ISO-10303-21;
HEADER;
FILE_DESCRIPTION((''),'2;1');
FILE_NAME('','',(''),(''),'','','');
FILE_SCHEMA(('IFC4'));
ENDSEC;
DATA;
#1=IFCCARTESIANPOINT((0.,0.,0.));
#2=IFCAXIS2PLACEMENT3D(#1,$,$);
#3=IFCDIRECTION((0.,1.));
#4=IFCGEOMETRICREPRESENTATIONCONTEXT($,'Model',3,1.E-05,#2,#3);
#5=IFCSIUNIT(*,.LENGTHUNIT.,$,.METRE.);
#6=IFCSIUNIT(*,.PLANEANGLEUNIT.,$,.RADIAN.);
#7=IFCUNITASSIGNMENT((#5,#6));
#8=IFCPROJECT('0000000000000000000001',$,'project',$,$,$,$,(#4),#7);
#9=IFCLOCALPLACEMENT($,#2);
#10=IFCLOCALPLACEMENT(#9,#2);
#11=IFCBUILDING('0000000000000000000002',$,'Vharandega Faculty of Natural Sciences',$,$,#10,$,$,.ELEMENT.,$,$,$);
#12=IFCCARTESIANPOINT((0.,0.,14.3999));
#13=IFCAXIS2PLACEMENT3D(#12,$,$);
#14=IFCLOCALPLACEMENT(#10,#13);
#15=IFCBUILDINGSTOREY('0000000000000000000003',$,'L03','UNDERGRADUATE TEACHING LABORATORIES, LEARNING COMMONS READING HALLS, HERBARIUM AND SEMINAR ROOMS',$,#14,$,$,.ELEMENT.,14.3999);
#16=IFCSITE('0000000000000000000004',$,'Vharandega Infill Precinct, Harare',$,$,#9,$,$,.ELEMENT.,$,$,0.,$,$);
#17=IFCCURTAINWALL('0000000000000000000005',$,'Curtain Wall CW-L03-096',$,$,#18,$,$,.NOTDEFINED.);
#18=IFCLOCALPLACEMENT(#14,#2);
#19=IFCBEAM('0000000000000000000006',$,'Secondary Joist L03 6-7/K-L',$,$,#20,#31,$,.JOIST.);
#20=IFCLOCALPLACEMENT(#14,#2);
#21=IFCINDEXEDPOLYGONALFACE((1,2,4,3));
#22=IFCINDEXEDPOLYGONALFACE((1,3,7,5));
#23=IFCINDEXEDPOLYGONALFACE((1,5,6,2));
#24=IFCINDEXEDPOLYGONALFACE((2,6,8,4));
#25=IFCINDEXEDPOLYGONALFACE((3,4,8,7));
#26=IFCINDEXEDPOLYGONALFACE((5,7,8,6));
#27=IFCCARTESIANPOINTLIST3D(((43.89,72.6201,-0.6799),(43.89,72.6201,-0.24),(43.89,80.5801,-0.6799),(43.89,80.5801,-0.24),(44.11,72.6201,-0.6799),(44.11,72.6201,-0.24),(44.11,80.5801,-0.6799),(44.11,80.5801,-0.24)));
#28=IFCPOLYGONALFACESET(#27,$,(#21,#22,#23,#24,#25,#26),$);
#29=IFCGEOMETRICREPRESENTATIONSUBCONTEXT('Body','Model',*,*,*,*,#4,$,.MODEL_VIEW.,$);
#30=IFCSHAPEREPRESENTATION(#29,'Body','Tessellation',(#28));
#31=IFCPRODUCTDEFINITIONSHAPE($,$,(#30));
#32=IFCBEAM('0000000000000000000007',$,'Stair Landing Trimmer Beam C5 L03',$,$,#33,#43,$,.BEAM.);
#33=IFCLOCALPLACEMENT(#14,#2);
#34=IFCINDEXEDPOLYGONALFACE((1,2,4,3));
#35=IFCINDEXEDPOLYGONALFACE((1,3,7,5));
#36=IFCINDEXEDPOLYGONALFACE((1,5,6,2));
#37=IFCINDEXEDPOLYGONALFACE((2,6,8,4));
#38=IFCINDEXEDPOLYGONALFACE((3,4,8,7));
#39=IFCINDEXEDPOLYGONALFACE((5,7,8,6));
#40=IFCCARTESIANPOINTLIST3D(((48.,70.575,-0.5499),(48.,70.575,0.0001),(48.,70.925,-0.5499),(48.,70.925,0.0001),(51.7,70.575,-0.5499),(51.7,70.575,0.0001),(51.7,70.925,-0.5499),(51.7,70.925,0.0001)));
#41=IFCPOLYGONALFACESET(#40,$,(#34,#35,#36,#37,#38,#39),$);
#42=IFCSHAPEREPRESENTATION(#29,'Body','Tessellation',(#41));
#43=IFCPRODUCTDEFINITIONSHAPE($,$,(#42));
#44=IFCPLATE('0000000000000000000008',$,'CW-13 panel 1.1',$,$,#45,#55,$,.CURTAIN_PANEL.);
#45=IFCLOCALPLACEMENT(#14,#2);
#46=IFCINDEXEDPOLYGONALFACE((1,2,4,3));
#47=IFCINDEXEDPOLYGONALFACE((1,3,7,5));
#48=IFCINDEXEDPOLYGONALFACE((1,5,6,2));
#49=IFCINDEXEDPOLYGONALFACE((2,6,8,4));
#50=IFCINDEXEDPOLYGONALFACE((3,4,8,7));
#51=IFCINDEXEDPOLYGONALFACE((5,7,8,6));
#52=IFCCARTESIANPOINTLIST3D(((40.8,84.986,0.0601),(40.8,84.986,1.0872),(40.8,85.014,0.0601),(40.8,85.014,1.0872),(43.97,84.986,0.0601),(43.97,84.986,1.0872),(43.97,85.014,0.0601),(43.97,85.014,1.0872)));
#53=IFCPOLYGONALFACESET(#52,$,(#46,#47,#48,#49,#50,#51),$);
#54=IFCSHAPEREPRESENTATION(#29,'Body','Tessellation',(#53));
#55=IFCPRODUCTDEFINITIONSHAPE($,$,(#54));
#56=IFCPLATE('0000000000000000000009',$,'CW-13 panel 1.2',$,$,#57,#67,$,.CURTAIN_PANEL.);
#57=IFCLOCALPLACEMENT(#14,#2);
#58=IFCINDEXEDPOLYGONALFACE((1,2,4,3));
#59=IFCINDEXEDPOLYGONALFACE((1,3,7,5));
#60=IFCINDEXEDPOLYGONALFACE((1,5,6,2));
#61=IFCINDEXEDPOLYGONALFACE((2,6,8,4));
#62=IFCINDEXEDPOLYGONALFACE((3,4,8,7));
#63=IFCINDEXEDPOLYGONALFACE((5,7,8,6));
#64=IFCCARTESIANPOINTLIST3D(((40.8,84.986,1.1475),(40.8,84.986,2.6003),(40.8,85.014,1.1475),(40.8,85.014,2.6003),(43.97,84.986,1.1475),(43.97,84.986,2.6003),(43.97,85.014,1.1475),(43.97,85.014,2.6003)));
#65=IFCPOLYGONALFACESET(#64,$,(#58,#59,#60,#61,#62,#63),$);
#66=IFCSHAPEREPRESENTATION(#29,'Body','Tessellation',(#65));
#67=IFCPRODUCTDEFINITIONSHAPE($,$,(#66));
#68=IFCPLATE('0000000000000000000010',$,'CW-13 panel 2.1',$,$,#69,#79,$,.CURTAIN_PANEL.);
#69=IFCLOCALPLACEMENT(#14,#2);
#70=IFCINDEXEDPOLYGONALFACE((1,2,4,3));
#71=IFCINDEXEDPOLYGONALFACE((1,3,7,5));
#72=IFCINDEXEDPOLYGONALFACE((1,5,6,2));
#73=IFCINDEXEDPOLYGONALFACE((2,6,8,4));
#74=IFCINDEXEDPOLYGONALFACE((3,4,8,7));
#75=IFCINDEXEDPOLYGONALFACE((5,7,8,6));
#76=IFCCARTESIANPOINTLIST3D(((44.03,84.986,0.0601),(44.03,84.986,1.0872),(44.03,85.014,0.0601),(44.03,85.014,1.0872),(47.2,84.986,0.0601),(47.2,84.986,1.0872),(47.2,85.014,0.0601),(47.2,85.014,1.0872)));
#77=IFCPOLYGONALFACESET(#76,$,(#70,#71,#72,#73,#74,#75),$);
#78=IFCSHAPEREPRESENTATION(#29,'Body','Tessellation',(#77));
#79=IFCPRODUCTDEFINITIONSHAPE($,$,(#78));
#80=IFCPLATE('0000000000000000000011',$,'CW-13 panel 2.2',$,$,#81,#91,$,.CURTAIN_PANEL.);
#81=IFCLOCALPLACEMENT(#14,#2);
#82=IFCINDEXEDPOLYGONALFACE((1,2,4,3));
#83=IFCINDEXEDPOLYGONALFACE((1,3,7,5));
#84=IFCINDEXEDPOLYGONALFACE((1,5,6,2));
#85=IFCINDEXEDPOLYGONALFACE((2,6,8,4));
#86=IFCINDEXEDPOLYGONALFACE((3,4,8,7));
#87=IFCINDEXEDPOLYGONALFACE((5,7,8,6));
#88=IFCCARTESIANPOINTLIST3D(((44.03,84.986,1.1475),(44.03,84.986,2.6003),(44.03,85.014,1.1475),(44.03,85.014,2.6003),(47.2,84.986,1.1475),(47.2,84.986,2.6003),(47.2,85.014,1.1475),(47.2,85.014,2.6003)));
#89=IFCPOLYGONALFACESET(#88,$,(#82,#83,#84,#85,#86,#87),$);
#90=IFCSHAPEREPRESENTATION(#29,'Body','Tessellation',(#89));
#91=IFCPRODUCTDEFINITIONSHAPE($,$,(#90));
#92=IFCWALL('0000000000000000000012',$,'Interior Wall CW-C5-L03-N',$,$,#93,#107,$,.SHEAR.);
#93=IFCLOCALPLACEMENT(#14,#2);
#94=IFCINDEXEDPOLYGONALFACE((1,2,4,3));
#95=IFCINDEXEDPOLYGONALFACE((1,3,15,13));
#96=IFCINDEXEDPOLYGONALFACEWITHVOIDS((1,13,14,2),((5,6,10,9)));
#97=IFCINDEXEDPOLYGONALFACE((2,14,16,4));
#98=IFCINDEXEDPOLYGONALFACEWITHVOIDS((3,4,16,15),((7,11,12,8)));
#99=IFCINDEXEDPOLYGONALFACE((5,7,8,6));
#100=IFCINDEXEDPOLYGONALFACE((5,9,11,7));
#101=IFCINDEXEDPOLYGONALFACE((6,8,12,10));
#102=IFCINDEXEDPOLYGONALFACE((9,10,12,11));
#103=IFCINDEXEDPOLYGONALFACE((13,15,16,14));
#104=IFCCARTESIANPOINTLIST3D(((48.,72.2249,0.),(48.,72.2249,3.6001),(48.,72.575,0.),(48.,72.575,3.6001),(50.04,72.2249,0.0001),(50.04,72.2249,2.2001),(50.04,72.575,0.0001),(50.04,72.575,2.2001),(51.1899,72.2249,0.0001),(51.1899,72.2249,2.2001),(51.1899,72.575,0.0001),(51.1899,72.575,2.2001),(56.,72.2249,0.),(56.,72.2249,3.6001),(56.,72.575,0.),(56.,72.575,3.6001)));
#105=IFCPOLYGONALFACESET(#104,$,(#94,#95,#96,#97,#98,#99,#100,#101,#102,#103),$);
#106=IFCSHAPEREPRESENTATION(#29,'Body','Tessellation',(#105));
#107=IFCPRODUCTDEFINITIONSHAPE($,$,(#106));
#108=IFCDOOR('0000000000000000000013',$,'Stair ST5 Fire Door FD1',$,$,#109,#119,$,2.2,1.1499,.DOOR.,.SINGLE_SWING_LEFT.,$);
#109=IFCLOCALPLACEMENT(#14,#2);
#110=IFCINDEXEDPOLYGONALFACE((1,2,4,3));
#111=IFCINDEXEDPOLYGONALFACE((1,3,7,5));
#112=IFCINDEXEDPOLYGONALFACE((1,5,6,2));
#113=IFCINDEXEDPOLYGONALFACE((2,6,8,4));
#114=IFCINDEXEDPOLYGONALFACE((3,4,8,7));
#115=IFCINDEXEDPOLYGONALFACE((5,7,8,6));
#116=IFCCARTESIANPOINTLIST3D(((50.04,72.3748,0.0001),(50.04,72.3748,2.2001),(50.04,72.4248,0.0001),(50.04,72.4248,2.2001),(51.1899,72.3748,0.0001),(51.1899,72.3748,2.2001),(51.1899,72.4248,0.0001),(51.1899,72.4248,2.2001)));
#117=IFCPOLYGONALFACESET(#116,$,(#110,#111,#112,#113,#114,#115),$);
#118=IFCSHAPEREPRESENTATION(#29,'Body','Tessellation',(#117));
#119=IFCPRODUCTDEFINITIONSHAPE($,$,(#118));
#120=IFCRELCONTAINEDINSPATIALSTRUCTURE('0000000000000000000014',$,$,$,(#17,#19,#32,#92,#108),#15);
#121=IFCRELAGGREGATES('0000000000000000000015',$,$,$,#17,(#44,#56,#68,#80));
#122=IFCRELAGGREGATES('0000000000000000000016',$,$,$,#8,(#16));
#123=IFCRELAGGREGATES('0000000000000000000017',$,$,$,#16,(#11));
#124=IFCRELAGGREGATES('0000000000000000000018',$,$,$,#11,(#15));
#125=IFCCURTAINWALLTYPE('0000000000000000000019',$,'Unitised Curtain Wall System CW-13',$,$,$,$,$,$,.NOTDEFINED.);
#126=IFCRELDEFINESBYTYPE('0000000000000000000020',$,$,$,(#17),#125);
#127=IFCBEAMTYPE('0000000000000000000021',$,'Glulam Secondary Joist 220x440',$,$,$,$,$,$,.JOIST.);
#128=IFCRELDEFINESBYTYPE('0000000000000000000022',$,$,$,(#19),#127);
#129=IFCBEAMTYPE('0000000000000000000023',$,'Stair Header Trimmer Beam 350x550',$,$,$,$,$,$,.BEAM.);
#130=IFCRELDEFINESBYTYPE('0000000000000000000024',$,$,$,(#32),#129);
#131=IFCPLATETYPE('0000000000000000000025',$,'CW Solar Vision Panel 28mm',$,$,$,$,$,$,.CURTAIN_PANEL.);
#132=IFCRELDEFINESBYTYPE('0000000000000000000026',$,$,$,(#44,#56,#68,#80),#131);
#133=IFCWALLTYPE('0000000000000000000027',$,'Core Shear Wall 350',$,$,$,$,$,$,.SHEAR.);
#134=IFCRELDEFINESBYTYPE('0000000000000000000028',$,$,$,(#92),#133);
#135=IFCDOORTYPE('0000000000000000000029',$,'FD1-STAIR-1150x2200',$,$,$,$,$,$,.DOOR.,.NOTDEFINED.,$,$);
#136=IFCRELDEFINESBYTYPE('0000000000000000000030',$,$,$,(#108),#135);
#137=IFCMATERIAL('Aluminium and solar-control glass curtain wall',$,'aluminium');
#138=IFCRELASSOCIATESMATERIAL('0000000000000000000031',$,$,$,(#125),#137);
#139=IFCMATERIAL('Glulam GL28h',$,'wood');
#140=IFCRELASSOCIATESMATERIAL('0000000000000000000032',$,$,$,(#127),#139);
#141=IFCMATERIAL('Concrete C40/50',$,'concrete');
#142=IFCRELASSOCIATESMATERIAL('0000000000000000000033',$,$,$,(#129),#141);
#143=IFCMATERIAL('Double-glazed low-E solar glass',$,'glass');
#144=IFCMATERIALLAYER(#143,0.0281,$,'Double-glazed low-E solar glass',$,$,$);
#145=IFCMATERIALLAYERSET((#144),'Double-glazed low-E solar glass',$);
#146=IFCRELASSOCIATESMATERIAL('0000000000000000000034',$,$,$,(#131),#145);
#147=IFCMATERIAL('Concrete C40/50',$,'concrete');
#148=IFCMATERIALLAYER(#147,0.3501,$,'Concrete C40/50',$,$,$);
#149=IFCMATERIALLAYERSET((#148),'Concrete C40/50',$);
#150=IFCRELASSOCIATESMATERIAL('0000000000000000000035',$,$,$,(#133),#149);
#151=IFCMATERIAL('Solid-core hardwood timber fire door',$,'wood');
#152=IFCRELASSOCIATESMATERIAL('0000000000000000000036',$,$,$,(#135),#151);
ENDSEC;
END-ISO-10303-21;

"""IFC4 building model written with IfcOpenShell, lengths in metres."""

from ifc_helpers import new_model, si_unit, direction, frame, frame_2d, origin, origin_2d, place, context, subcontext, project, spatial, rectangle, extrude, material, layer, layer_set, material_profile, profile_set, type_object, element, fill, aggregate, save


model = new_model("IFC4")

# Units and contexts
model_context = context("Model", 3, precision=1e-05, world=origin(), true_north=direction((0.0, 1.0)))
body_context = subcontext(model_context, "Body", "Model", "MODEL_VIEW")
ifc_project = project(units=[si_unit("LENGTHUNIT", "METRE"), si_unit("PLANEANGLEUNIT", "RADIAN")], contexts=[model_context])

# Site, building, storey
site_placement = place(None, origin())
site = spatial("IfcSite", under=ifc_project, at=site_placement, Name="Vharandega Infill Precinct, Harare", CompositionType="ELEMENT", RefElevation=0.0)
building_placement = place(site_placement, origin())
building = spatial("IfcBuilding", under=site, at=building_placement, Name="Vharandega Faculty of Natural Sciences", CompositionType="ELEMENT")
storey_placement = place(building_placement, frame((0.0, 0.0, 14.3999)))
storey = spatial("IfcBuildingStorey", under=building, at=storey_placement, Name="L03", Description="UNDERGRADUATE TEACHING LABORATORIES, LEARNING COMMONS READING HALLS, HERBARIUM AND SEMINAR ROOMS", CompositionType="ELEMENT", Elevation=14.3999)

# Curtain wall
ifc_material_1 = material(Name="Aluminium and solar-control glass curtain wall", Category="aluminium")
curtain_wall_type = type_object("IfcCurtainWallType", Name="Unitised Curtain Wall System CW-13", PredefinedType="NOTDEFINED", material=ifc_material_1)
curtain_wall_placement = place(storey_placement, origin())
curtain_wall = element("IfcCurtainWall", 1, at=curtain_wall_placement, inside=storey, type_object=curtain_wall_type, Name="Curtain Wall CW-L03-096", PredefinedType="NOTDEFINED")

# Beams
ifc_material_2 = material(Name="Glulam GL28h", Category="wood")
ifc_material_profile_1 = material_profile(ifc_material_2, rectangle(XDim=0.22, YDim=0.4399, at=origin_2d()), Name="GL28h 220x440")
ifc_profile_set_1 = profile_set([ifc_material_profile_1], Name="Glulam GL28h")
beam_type_1 = type_object("IfcBeamType", Name="Glulam Secondary Joist 220x440", PredefinedType="JOIST", material=ifc_profile_set_1)
beam_1_placement = place(storey_placement, frame((44.0, 72.6201, -0.46), z_axis=(0.0, 1.0, 0.0), x_axis=(-1.0, 0.0, 0.0)))
element("IfcBeam", 2, at=beam_1_placement, inside=storey, type_object=beam_type_1, Name="Secondary Joist L03 6-7/K-L", PredefinedType="JOIST", context=body_context, shape_type="SweptSolid", body=[
    extrude(rectangle(XDim=0.22, YDim=0.4399, at=origin_2d()), origin(), (0.0, 0.0, 1.0), 7.96),
])
ifc_material_3 = material(Name="Concrete C40/50", Category="concrete")
ifc_material_profile_2 = material_profile(ifc_material_3, rectangle(XDim=0.3501, YDim=0.55, at=origin_2d()), Name="RC 350x550")
ifc_profile_set_2 = profile_set([ifc_material_profile_2], Name="Concrete C40/50")
beam_type_2 = type_object("IfcBeamType", Name="Stair Header Trimmer Beam 350x550", PredefinedType="BEAM", material=ifc_profile_set_2)
beam_2_placement = place(storey_placement, frame((48.0, 70.75, -0.2749), z_axis=(1.0, 0.0, 0.0), x_axis=(0.0, 1.0, 0.0)))
element("IfcBeam", 3, at=beam_2_placement, inside=storey, type_object=beam_type_2, Name="Stair Landing Trimmer Beam C5 L03", PredefinedType="BEAM", context=body_context, shape_type="SweptSolid", body=[
    extrude(rectangle(XDim=0.3501, YDim=0.55, at=origin_2d()), origin(), (0.0, 0.0, 1.0), 3.7),
])

# Plates
ifc_material_4 = material(Name="Double-glazed low-E solar glass", Category="glass")
ifc_layer_1 = layer(ifc_material_4, 0.0281, Name="Double-glazed low-E solar glass")
ifc_layer_set_1 = layer_set([ifc_layer_1], Name="Double-glazed low-E solar glass")
plate_type = type_object("IfcPlateType", Name="CW Solar Vision Panel 28mm", PredefinedType="CURTAIN_PANEL", material=ifc_layer_set_1)
plate_1_placement = place(storey_placement, frame((42.385, 85.0, 0.0601), z_axis=(0.0, 0.0, 1.0), x_axis=(1.0, 0.0, 0.0)))
plate_1 = element("IfcPlate", 4, at=plate_1_placement, type_object=plate_type, Name="CW-13 panel 1.1", PredefinedType="CURTAIN_PANEL", context=body_context, shape_type="SweptSolid", body=[
    extrude(rectangle(XDim=3.1699, YDim=0.0281, at=origin_2d()), origin(), (0.0, 0.0, 1.0), 1.0271),
])
plate_2_placement = place(storey_placement, frame((42.385, 85.0, 1.1475), z_axis=(0.0, 0.0, 1.0), x_axis=(1.0, 0.0, 0.0)))
plate_2 = element("IfcPlate", 5, at=plate_2_placement, type_object=plate_type, Name="CW-13 panel 1.2", PredefinedType="CURTAIN_PANEL", context=body_context, shape_type="SweptSolid", body=[
    extrude(rectangle(XDim=3.1699, YDim=0.0281, at=origin_2d()), origin(), (0.0, 0.0, 1.0), 1.4529),
])
plate_3_placement = place(storey_placement, frame((45.615, 85.0, 0.0601), z_axis=(0.0, 0.0, 1.0), x_axis=(1.0, 0.0, 0.0)))
plate_3 = element("IfcPlate", 6, at=plate_3_placement, type_object=plate_type, Name="CW-13 panel 2.1", PredefinedType="CURTAIN_PANEL", context=body_context, shape_type="SweptSolid", body=[
    extrude(rectangle(XDim=3.1699, YDim=0.0281, at=origin_2d()), origin(), (0.0, 0.0, 1.0), 1.0271),
])
plate_4_placement = place(storey_placement, frame((45.615, 85.0, 1.1475), z_axis=(0.0, 0.0, 1.0), x_axis=(1.0, 0.0, 0.0)))
plate_4 = element("IfcPlate", 7, at=plate_4_placement, type_object=plate_type, Name="CW-13 panel 2.2", PredefinedType="CURTAIN_PANEL", context=body_context, shape_type="SweptSolid", body=[
    extrude(rectangle(XDim=3.1699, YDim=0.0281, at=origin_2d()), origin(), (0.0, 0.0, 1.0), 1.4529),
])
aggregate(curtain_wall, [plate_1, plate_2, plate_3, plate_4])

# Wall, opening, door
ifc_material_5 = material(Name="Concrete C40/50", Category="concrete")
ifc_layer_2 = layer(ifc_material_5, 0.3501, Name="Concrete C40/50")
ifc_layer_set_2 = layer_set([ifc_layer_2], Name="Concrete C40/50")
wall_type = type_object("IfcWallType", Name="Core Shear Wall 350", PredefinedType="SHEAR", material=ifc_layer_set_2)
wall_placement = place(storey_placement, frame((48.0, 72.3999, 0.0), z_axis=(0.0, 0.0, 1.0), x_axis=(1.0, 0.0, 0.0)))
wall = element("IfcWall", 8, at=wall_placement, inside=storey, type_object=wall_type, Name="Interior Wall CW-C5-L03-N", PredefinedType="SHEAR", context=body_context, shape_type="SweptSolid", body=[
    extrude(rectangle(XDim=8.0, YDim=0.3501, at=frame_2d((4.0, 0.0))), origin(), (0.0, 0.0, 1.0), 3.6001),
])
opening_placement = place(wall_placement, frame((2.04, 0.0, 0.0)))
opening = element("IfcOpeningElement", 9, at=opening_placement, cuts=wall, PredefinedType="OPENING", context=body_context, shape_type="SweptSolid", body=[
    extrude(rectangle(XDim=1.1499, YDim=2.2, at=frame_2d((0.575, 1.1001))), frame((0.0, 0.1851, 0.0), z_axis=(0.0, -1.0, 0.0), x_axis=(1.0, 0.0, 0.0)), (0.0, 0.0, 1.0), 0.3701),
])
ifc_material_6 = material(Name="Solid-core hardwood timber fire door", Category="wood")
door_type = type_object("IfcDoorType", Name="FD1-STAIR-1150x2200", OperationType="NOTDEFINED", PredefinedType="DOOR", material=ifc_material_6)
door_placement = place(opening_placement, origin())
door = element("IfcDoor", 10, at=door_placement, inside=storey, type_object=door_type, Name="Stair ST5 Fire Door FD1", OperationType="SINGLE_SWING_LEFT", OverallHeight=2.2, OverallWidth=1.1499, PredefinedType="DOOR", context=body_context, shape_type="SweptSolid", body=[
    extrude(rectangle(XDim=1.1499, YDim=2.2, at=frame_2d((0.575, 1.1001))), frame((0.0, 0.0249, 0.0), z_axis=(0.0, -1.0, 0.0), x_axis=(1.0, 0.0, 0.0)), (0.0, 0.0, 1.0), 0.05),
])
fill(opening, door)

save(model, "model.ifc")
